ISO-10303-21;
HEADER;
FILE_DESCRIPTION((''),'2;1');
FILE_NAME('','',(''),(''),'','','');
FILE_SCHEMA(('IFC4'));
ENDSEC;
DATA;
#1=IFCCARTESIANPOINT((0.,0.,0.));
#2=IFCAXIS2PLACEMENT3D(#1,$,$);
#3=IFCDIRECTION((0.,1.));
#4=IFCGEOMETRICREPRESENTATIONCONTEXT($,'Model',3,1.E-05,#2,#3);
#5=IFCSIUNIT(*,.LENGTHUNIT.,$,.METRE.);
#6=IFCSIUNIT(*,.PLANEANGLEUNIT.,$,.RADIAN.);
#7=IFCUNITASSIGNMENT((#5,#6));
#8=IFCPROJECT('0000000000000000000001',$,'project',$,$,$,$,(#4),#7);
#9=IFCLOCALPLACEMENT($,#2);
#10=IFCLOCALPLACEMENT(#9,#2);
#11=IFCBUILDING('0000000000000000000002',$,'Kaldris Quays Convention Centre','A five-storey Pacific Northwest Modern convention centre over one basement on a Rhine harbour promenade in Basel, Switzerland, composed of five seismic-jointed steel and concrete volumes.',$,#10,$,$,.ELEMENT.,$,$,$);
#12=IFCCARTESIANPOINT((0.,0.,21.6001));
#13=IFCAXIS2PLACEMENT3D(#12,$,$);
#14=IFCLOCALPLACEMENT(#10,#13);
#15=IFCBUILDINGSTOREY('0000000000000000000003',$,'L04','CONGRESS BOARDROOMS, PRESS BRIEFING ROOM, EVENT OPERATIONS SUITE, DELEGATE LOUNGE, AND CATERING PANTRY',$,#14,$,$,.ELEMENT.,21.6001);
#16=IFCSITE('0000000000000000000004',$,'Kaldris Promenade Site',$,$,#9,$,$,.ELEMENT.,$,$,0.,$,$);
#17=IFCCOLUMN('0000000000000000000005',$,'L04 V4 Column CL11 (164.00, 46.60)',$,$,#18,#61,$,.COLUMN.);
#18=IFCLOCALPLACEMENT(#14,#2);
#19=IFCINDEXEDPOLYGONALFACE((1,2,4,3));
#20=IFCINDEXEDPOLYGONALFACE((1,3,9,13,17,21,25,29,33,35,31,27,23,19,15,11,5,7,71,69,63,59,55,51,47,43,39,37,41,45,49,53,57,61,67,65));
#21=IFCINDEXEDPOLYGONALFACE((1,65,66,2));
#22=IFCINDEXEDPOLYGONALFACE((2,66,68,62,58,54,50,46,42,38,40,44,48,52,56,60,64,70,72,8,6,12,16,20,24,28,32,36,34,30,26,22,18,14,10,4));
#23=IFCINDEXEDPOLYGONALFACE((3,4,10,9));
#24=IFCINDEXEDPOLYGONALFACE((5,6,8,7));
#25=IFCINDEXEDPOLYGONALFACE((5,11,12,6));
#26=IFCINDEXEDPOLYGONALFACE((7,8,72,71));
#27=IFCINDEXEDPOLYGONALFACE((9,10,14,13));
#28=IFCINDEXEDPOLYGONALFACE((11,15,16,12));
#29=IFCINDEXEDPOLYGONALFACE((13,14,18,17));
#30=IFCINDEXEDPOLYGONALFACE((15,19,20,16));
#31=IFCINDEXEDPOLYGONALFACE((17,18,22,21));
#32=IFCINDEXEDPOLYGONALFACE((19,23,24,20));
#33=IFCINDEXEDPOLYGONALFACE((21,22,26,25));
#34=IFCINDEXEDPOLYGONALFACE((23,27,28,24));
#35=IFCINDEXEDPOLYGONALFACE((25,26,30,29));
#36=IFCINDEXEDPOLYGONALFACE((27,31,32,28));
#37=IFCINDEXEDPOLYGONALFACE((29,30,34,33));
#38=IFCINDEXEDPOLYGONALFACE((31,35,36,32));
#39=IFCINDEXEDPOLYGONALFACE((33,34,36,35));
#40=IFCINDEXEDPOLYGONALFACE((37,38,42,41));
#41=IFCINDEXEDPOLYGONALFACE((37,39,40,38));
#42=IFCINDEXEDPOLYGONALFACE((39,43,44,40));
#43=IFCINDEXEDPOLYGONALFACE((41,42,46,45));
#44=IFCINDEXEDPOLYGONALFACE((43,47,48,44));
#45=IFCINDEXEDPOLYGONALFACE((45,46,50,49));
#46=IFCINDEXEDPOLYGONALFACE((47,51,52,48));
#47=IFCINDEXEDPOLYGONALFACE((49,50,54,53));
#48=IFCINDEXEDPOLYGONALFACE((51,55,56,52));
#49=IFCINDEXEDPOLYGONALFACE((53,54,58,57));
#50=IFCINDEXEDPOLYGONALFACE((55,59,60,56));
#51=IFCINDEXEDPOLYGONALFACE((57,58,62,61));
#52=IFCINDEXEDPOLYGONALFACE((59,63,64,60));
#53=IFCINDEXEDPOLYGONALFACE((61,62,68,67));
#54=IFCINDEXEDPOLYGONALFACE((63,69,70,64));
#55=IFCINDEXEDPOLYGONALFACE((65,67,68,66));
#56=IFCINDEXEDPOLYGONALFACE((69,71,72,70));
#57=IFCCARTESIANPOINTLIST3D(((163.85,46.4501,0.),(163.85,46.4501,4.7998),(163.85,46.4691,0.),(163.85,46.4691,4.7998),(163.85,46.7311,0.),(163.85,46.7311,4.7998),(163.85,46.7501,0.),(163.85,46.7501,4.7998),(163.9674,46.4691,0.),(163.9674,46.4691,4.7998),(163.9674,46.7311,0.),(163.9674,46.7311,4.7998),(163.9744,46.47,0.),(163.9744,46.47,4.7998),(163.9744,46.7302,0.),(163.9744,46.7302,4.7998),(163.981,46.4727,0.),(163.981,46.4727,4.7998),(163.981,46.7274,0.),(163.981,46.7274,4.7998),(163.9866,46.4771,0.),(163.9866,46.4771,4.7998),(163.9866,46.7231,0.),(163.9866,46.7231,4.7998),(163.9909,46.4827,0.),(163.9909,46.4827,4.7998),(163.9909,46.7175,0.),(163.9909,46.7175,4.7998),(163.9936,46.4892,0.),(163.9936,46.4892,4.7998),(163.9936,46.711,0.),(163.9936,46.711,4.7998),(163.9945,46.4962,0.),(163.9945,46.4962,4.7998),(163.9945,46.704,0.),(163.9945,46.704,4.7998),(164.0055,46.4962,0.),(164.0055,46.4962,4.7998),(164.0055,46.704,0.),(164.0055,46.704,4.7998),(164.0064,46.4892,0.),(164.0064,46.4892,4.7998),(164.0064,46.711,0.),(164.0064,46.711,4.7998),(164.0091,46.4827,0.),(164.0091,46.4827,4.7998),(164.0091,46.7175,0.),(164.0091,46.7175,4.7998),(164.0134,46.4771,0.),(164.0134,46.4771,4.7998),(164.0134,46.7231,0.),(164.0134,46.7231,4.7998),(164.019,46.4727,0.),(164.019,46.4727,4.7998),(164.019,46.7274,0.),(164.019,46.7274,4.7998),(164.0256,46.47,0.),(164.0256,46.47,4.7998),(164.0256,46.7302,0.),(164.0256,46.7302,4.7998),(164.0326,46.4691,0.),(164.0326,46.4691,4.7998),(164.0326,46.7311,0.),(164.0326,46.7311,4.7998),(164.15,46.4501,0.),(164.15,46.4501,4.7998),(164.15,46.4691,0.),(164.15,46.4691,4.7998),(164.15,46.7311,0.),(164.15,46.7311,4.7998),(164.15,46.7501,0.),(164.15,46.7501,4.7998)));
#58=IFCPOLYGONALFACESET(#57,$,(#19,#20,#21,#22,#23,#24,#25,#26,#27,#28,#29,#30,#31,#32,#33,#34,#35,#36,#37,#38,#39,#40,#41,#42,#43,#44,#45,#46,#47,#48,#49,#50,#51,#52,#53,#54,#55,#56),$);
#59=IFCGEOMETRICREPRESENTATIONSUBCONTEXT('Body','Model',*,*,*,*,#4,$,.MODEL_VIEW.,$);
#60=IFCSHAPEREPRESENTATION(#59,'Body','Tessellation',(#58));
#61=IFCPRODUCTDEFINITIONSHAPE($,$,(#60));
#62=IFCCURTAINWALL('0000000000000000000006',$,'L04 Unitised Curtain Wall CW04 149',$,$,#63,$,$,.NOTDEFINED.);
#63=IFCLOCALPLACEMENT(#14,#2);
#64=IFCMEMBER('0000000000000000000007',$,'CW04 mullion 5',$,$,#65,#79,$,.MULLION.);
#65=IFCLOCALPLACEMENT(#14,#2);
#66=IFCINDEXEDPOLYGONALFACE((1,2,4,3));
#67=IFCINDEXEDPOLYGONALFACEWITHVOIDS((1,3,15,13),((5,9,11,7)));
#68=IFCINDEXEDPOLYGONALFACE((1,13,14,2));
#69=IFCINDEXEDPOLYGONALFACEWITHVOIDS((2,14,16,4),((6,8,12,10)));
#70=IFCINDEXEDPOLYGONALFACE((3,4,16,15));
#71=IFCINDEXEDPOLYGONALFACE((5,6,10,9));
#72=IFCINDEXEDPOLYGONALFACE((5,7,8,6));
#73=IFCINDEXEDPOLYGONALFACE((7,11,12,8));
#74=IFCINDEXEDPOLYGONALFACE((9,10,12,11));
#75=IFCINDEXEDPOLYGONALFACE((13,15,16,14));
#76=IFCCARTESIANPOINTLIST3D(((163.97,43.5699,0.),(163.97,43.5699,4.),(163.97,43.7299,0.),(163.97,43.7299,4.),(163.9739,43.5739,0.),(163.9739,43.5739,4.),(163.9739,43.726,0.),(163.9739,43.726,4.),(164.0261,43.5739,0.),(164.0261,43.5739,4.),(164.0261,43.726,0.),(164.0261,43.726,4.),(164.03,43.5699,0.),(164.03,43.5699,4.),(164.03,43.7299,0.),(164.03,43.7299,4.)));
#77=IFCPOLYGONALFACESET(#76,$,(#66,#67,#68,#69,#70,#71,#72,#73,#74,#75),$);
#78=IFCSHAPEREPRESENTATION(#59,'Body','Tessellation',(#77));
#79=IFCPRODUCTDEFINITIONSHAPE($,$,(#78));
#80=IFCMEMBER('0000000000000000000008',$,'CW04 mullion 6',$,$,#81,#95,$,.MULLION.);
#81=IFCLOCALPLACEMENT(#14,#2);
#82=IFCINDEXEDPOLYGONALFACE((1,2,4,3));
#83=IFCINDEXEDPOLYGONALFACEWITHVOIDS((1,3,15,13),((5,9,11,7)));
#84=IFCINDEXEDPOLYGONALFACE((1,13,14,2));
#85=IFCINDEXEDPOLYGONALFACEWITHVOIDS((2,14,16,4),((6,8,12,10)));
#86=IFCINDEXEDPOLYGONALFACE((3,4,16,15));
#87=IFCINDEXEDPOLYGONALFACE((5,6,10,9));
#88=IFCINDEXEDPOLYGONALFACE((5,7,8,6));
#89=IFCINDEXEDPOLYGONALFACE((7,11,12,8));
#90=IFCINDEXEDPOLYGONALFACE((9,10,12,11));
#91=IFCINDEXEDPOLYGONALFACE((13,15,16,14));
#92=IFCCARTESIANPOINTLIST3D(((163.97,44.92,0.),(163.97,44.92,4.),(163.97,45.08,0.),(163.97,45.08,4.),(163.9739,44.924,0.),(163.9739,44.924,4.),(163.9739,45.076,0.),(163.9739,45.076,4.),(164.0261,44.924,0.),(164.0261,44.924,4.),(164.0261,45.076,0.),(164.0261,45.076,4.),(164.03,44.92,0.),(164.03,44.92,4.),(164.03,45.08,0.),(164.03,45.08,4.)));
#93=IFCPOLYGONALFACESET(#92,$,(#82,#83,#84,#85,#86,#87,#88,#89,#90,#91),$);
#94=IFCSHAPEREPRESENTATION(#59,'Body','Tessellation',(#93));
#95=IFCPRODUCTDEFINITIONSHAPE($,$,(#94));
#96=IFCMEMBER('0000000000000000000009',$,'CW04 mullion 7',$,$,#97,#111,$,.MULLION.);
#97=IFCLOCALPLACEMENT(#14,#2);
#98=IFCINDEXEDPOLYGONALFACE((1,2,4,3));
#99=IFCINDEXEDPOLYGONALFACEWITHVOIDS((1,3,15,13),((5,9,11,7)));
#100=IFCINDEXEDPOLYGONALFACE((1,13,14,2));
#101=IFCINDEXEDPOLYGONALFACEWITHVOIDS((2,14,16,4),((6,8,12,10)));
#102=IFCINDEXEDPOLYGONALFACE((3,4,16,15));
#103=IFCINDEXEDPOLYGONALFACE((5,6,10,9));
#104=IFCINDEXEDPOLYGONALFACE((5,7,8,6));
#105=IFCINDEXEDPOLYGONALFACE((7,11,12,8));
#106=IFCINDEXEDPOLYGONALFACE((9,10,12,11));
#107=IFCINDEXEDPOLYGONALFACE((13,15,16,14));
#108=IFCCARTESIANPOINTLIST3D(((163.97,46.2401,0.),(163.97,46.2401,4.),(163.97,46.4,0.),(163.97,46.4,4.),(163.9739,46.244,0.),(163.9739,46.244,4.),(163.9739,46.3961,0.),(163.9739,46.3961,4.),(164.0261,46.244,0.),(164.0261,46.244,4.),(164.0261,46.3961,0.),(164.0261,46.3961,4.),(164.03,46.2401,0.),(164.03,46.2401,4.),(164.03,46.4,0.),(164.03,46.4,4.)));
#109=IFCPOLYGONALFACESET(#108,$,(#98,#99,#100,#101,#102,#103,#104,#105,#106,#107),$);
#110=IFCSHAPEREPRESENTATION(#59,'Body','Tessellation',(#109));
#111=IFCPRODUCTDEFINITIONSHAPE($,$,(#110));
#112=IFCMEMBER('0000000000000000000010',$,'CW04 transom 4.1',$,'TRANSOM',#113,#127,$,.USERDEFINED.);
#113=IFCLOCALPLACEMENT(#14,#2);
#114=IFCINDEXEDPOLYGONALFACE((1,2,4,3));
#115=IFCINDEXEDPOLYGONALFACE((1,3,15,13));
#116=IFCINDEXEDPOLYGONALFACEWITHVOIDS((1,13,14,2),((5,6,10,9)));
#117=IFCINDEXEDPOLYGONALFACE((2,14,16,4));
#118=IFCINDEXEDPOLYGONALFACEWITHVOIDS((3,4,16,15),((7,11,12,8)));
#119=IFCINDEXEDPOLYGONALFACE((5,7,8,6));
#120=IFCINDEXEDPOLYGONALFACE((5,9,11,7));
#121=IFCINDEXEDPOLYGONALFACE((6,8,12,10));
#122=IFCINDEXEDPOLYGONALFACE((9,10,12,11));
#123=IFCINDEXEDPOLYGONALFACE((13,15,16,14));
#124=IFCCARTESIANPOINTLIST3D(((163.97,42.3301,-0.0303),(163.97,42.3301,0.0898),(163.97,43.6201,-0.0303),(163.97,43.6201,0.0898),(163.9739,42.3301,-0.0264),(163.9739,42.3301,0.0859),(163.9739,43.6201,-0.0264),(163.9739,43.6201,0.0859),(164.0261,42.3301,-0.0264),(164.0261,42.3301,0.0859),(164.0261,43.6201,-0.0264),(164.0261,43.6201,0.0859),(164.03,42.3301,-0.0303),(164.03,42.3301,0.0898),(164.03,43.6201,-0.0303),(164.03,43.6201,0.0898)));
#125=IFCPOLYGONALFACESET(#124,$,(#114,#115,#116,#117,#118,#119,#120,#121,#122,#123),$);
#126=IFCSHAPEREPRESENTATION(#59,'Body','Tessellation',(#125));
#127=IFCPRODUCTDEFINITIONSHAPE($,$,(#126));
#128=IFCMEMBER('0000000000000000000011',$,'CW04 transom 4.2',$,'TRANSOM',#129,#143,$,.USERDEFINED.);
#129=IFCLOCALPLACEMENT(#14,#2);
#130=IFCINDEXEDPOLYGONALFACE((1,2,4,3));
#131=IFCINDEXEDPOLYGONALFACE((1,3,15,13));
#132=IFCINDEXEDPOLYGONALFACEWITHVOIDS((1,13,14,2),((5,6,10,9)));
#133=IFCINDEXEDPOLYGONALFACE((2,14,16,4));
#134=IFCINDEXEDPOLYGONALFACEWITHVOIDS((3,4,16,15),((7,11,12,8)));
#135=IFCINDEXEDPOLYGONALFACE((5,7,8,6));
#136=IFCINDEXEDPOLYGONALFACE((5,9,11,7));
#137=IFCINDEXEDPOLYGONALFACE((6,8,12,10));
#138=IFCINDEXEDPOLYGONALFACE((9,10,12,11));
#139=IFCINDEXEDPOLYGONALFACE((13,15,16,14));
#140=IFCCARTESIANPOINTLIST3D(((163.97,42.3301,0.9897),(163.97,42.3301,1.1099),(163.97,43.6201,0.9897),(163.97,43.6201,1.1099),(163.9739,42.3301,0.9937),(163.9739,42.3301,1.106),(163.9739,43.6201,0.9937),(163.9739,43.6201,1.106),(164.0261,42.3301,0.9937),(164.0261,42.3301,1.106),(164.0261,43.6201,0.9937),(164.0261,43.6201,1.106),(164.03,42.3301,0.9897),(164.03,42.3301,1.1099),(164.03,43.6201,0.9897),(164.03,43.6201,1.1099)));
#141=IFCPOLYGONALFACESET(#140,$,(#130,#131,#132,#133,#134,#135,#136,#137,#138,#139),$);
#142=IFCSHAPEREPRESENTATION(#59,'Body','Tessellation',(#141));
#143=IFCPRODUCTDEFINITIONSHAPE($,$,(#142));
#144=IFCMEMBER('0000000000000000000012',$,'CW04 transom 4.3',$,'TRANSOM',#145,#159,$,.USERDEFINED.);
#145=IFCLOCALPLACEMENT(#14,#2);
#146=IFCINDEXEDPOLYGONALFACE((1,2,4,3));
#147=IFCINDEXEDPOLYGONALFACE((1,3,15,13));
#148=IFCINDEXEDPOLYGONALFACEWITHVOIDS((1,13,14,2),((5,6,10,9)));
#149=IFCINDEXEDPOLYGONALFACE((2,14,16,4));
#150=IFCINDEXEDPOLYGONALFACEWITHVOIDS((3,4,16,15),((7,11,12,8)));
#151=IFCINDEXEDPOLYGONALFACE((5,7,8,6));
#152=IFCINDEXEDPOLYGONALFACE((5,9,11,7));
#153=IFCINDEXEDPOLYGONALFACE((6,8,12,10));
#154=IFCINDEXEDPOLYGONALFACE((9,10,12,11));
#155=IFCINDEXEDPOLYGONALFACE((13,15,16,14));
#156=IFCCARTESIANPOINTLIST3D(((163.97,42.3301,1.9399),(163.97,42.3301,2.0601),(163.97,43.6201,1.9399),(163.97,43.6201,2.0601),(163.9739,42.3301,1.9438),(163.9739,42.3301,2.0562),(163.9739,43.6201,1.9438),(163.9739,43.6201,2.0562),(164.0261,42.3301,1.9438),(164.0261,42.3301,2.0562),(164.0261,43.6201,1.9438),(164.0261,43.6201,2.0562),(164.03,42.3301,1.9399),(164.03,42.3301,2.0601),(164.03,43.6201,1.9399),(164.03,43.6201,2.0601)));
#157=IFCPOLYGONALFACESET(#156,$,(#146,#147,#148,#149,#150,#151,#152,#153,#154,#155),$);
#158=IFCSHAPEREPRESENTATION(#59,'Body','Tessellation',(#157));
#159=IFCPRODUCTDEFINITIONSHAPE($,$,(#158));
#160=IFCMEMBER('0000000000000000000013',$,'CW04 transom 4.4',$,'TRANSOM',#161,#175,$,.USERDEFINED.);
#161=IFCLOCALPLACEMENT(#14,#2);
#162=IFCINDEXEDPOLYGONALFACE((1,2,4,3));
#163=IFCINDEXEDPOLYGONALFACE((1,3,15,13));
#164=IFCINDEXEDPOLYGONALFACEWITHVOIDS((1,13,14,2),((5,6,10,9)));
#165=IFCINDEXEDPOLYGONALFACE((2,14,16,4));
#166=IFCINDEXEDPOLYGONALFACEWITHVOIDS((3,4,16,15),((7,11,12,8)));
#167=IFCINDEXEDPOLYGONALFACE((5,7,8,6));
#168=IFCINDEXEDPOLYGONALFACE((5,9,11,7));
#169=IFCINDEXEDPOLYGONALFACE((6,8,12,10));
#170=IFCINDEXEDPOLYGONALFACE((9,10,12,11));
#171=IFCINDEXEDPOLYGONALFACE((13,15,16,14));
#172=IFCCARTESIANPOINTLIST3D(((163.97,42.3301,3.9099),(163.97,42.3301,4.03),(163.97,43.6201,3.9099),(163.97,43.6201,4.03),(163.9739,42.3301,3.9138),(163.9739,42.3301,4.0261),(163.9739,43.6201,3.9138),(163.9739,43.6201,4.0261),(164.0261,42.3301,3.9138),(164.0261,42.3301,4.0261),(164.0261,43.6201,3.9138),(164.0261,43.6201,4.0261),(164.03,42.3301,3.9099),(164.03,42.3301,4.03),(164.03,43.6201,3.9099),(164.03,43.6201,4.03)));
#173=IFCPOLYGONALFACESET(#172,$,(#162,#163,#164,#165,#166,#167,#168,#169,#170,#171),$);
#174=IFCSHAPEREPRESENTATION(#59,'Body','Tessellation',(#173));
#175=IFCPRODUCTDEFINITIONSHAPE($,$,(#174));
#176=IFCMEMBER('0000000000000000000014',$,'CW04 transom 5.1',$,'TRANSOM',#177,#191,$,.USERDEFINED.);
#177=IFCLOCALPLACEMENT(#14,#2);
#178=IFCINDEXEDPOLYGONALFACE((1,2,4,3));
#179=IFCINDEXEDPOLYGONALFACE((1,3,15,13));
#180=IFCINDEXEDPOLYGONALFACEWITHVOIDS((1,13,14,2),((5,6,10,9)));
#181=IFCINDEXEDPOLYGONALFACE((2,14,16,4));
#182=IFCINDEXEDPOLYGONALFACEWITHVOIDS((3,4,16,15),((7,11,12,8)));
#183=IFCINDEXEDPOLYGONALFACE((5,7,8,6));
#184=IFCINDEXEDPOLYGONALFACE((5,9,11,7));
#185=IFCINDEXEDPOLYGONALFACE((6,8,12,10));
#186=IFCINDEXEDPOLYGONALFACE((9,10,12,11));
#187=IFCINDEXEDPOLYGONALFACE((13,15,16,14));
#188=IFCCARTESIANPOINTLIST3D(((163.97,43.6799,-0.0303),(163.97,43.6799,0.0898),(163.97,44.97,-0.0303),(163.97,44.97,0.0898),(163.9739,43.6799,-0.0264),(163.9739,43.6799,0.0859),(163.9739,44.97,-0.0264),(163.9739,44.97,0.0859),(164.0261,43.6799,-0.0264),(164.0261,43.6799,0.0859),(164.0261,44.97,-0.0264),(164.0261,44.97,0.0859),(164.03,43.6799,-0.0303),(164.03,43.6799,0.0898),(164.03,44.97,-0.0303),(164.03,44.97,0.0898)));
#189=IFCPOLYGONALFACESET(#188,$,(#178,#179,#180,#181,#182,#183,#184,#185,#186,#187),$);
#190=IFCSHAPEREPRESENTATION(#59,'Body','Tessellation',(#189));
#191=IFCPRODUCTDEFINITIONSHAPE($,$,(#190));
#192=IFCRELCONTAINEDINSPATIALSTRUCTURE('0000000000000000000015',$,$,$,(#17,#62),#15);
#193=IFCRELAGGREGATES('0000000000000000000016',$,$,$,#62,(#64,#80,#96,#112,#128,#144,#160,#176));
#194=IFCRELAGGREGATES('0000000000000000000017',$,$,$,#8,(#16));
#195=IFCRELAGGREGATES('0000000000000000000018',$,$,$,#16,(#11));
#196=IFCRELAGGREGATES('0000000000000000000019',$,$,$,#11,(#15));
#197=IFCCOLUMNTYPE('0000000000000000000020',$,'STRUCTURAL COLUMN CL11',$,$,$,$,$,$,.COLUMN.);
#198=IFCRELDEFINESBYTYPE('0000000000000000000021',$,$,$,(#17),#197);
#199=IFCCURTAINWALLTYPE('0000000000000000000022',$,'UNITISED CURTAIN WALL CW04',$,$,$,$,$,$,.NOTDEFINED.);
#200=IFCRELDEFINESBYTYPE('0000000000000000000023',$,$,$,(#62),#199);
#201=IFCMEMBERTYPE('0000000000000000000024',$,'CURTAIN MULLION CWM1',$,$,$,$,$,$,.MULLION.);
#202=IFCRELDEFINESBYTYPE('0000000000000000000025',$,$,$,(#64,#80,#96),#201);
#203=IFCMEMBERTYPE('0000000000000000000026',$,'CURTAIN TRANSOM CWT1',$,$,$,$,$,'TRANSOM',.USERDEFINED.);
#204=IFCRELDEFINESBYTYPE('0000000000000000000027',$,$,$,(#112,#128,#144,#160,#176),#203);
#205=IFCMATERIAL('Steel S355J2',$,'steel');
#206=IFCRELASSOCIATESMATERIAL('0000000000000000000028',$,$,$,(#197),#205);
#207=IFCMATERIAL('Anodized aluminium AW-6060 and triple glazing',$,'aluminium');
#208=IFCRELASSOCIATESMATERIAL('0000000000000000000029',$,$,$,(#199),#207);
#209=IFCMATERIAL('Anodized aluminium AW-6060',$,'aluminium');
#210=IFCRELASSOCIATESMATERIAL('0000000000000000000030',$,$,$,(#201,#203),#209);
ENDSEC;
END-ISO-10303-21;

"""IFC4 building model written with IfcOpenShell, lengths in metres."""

from ifc_helpers import new_model, si_unit, direction, frame, origin, origin_2d, place, context, subcontext, project, spatial, hollow_rectangle, i_section, extrude, material, material_profile, profile_set, type_object, element, aggregate, save


model = new_model("IFC4")

# Units and contexts
model_context = context("Model", 3, precision=1e-05, world=origin(), true_north=direction((0.0, 1.0)))
body_context = subcontext(model_context, "Body", "Model", "MODEL_VIEW")
ifc_project = project(units=[si_unit("LENGTHUNIT", "METRE"), si_unit("PLANEANGLEUNIT", "RADIAN")], contexts=[model_context])

# Site, building, storey
site_placement = place(None, origin())
site = spatial("IfcSite", under=ifc_project, at=site_placement, Name="Kaldris Promenade Site", CompositionType="ELEMENT", RefElevation=0.0)
building_placement = place(site_placement, origin())
building = spatial("IfcBuilding", under=site, at=building_placement, Name="Kaldris Quays Convention Centre", Description="A five-storey Pacific Northwest Modern convention centre over one basement on a Rhine harbour promenade in Basel, Switzerland, composed of five seismic-jointed steel and concrete volumes.", CompositionType="ELEMENT")
storey_placement = place(building_placement, frame((0.0, 0.0, 21.6001)))
storey = spatial("IfcBuildingStorey", under=building, at=storey_placement, Name="L04", Description="CONGRESS BOARDROOMS, PRESS BRIEFING ROOM, EVENT OPERATIONS SUITE, DELEGATE LOUNGE, AND CATERING PANTRY", CompositionType="ELEMENT", Elevation=21.6001)

# Column
ifc_material_1 = material(Name="Steel S355J2", Category="steel")
ifc_material_profile_1 = material_profile(ifc_material_1, i_section(OverallWidth=0.3, OverallDepth=0.3, WebThickness=0.011, FlangeThickness=0.019, FilletRadius=0.0271, at=origin_2d()), Name="HEB 300")
ifc_profile_set_1 = profile_set([ifc_material_profile_1], Name="Steel S355J2")
column_type = type_object("IfcColumnType", Name="STRUCTURAL COLUMN CL11", PredefinedType="COLUMN", material=ifc_profile_set_1)
column_placement = place(storey_placement, frame((164.0, 46.6001, 0.0), z_axis=(0.0, 0.0, 1.0), x_axis=(1.0, 0.0, 0.0)))
element("IfcColumn", 1, at=column_placement, inside=storey, type_object=column_type, Name="L04 V4 Column CL11 (164.00, 46.60)", PredefinedType="COLUMN", context=body_context, shape_type="SweptSolid", body=[
    extrude(i_section(OverallWidth=0.3, OverallDepth=0.3, WebThickness=0.011, FlangeThickness=0.019, FilletRadius=0.0271, at=origin_2d()), origin(), (0.0, 0.0, 1.0), 4.7998),
])

# Curtain wall, members
ifc_material_2 = material(Name="Anodized aluminium AW-6060 and triple glazing", Category="aluminium")
curtain_wall_type = type_object("IfcCurtainWallType", Name="UNITISED CURTAIN WALL CW04", PredefinedType="NOTDEFINED", material=ifc_material_2)
curtain_wall_placement = place(storey_placement, origin())
curtain_wall = element("IfcCurtainWall", 2, at=curtain_wall_placement, inside=storey, type_object=curtain_wall_type, Name="L04 Unitised Curtain Wall CW04 149", PredefinedType="NOTDEFINED")
ifc_material_3 = material(Name="Anodized aluminium AW-6060", Category="aluminium")
ifc_material_profile_2 = material_profile(ifc_material_3, hollow_rectangle(XDim=0.0601, YDim=0.1599, WallThickness=0.0039, at=origin_2d()), Name="RHS 160x60x4")
ifc_profile_set_2 = profile_set([ifc_material_profile_2], Name="Anodized aluminium AW-6060")
member_type_1 = type_object("IfcMemberType", Name="CURTAIN MULLION CWM1", PredefinedType="MULLION", material=ifc_profile_set_2)
member_1_placement = place(storey_placement, frame((164.0, 43.6499, 0.0), z_axis=(0.0, 0.0, 1.0), x_axis=(-1.0, 0.0, 0.0)))
member_1 = element("IfcMember", 3, at=member_1_placement, type_object=member_type_1, Name="CW04 mullion 5", PredefinedType="MULLION", context=body_context, shape_type="SweptSolid", body=[
    extrude(hollow_rectangle(XDim=0.0601, YDim=0.1599, WallThickness=0.0039, at=origin_2d()), origin(), (0.0, 0.0, 1.0), 4.0),
])
member_2_placement = place(storey_placement, frame((164.0, 45.0, 0.0), z_axis=(0.0, 0.0, 1.0), x_axis=(-1.0, 0.0, 0.0)))
member_2 = element("IfcMember", 4, at=member_2_placement, type_object=member_type_1, Name="CW04 mullion 6", PredefinedType="MULLION", context=body_context, shape_type="SweptSolid", body=[
    extrude(hollow_rectangle(XDim=0.0601, YDim=0.1599, WallThickness=0.0039, at=origin_2d()), origin(), (0.0, 0.0, 1.0), 4.0),
])
member_3_placement = place(storey_placement, frame((164.0, 46.3201, 0.0), z_axis=(0.0, 0.0, 1.0), x_axis=(-1.0, 0.0, 0.0)))
member_3 = element("IfcMember", 5, at=member_3_placement, type_object=member_type_1, Name="CW04 mullion 7", PredefinedType="MULLION", context=body_context, shape_type="SweptSolid", body=[
    extrude(hollow_rectangle(XDim=0.0601, YDim=0.1599, WallThickness=0.0039, at=origin_2d()), origin(), (0.0, 0.0, 1.0), 4.0),
])
ifc_material_profile_3 = material_profile(ifc_material_3, hollow_rectangle(XDim=0.0601, YDim=0.1201, WallThickness=0.0039, at=origin_2d()), Name="RHS 120x60x4")
ifc_profile_set_3 = profile_set([ifc_material_profile_3], Name="Anodized aluminium AW-6060")
member_type_2 = type_object("IfcMemberType", Name="CURTAIN TRANSOM CWT1", ElementType="TRANSOM", PredefinedType="USERDEFINED", material=ifc_profile_set_3)
member_4_placement = place(storey_placement, frame((164.0, 42.3301, 0.0298), z_axis=(0.0, 1.0, 0.0), x_axis=(-1.0, 0.0, 0.0)))
member_4 = element("IfcMember", 6, at=member_4_placement, type_object=member_type_2, Name="CW04 transom 4.1", ObjectType="TRANSOM", PredefinedType="USERDEFINED", context=body_context, shape_type="SweptSolid", body=[
    extrude(hollow_rectangle(XDim=0.0601, YDim=0.1201, WallThickness=0.0039, at=origin_2d()), origin(), (0.0, 0.0, 1.0), 1.29),
])
member_5_placement = place(storey_placement, frame((164.0, 42.3301, 1.0498), z_axis=(0.0, 1.0, 0.0), x_axis=(-1.0, 0.0, 0.0)))
member_5 = element("IfcMember", 7, at=member_5_placement, type_object=member_type_2, Name="CW04 transom 4.2", ObjectType="TRANSOM", PredefinedType="USERDEFINED", context=body_context, shape_type="SweptSolid", body=[
    extrude(hollow_rectangle(XDim=0.0601, YDim=0.1201, WallThickness=0.0039, at=origin_2d()), origin(), (0.0, 0.0, 1.0), 1.29),
])
member_6_placement = place(storey_placement, frame((164.0, 42.3301, 2.0), z_axis=(0.0, 1.0, 0.0), x_axis=(-1.0, 0.0, 0.0)))
member_6 = element("IfcMember", 8, at=member_6_placement, type_object=member_type_2, Name="CW04 transom 4.3", ObjectType="TRANSOM", PredefinedType="USERDEFINED", context=body_context, shape_type="SweptSolid", body=[
    extrude(hollow_rectangle(XDim=0.0601, YDim=0.1201, WallThickness=0.0039, at=origin_2d()), origin(), (0.0, 0.0, 1.0), 1.29),
])
member_7_placement = place(storey_placement, frame((164.0, 42.3301, 3.97), z_axis=(0.0, 1.0, 0.0), x_axis=(-1.0, 0.0, 0.0)))
member_7 = element("IfcMember", 9, at=member_7_placement, type_object=member_type_2, Name="CW04 transom 4.4", ObjectType="TRANSOM", PredefinedType="USERDEFINED", context=body_context, shape_type="SweptSolid", body=[
    extrude(hollow_rectangle(XDim=0.0601, YDim=0.1201, WallThickness=0.0039, at=origin_2d()), origin(), (0.0, 0.0, 1.0), 1.29),
])
member_8_placement = place(storey_placement, frame((164.0, 43.6799, 0.0298), z_axis=(0.0, 1.0, 0.0), x_axis=(-1.0, 0.0, 0.0)))
member_8 = element("IfcMember", 10, at=member_8_placement, type_object=member_type_2, Name="CW04 transom 5.1", ObjectType="TRANSOM", PredefinedType="USERDEFINED", context=body_context, shape_type="SweptSolid", body=[
    extrude(hollow_rectangle(XDim=0.0601, YDim=0.1201, WallThickness=0.0039, at=origin_2d()), origin(), (0.0, 0.0, 1.0), 1.29),
])

aggregate(curtain_wall, [member_1, member_2, member_3, member_4, member_5, member_6, member_7, member_8])

save(model, "model.ifc")
